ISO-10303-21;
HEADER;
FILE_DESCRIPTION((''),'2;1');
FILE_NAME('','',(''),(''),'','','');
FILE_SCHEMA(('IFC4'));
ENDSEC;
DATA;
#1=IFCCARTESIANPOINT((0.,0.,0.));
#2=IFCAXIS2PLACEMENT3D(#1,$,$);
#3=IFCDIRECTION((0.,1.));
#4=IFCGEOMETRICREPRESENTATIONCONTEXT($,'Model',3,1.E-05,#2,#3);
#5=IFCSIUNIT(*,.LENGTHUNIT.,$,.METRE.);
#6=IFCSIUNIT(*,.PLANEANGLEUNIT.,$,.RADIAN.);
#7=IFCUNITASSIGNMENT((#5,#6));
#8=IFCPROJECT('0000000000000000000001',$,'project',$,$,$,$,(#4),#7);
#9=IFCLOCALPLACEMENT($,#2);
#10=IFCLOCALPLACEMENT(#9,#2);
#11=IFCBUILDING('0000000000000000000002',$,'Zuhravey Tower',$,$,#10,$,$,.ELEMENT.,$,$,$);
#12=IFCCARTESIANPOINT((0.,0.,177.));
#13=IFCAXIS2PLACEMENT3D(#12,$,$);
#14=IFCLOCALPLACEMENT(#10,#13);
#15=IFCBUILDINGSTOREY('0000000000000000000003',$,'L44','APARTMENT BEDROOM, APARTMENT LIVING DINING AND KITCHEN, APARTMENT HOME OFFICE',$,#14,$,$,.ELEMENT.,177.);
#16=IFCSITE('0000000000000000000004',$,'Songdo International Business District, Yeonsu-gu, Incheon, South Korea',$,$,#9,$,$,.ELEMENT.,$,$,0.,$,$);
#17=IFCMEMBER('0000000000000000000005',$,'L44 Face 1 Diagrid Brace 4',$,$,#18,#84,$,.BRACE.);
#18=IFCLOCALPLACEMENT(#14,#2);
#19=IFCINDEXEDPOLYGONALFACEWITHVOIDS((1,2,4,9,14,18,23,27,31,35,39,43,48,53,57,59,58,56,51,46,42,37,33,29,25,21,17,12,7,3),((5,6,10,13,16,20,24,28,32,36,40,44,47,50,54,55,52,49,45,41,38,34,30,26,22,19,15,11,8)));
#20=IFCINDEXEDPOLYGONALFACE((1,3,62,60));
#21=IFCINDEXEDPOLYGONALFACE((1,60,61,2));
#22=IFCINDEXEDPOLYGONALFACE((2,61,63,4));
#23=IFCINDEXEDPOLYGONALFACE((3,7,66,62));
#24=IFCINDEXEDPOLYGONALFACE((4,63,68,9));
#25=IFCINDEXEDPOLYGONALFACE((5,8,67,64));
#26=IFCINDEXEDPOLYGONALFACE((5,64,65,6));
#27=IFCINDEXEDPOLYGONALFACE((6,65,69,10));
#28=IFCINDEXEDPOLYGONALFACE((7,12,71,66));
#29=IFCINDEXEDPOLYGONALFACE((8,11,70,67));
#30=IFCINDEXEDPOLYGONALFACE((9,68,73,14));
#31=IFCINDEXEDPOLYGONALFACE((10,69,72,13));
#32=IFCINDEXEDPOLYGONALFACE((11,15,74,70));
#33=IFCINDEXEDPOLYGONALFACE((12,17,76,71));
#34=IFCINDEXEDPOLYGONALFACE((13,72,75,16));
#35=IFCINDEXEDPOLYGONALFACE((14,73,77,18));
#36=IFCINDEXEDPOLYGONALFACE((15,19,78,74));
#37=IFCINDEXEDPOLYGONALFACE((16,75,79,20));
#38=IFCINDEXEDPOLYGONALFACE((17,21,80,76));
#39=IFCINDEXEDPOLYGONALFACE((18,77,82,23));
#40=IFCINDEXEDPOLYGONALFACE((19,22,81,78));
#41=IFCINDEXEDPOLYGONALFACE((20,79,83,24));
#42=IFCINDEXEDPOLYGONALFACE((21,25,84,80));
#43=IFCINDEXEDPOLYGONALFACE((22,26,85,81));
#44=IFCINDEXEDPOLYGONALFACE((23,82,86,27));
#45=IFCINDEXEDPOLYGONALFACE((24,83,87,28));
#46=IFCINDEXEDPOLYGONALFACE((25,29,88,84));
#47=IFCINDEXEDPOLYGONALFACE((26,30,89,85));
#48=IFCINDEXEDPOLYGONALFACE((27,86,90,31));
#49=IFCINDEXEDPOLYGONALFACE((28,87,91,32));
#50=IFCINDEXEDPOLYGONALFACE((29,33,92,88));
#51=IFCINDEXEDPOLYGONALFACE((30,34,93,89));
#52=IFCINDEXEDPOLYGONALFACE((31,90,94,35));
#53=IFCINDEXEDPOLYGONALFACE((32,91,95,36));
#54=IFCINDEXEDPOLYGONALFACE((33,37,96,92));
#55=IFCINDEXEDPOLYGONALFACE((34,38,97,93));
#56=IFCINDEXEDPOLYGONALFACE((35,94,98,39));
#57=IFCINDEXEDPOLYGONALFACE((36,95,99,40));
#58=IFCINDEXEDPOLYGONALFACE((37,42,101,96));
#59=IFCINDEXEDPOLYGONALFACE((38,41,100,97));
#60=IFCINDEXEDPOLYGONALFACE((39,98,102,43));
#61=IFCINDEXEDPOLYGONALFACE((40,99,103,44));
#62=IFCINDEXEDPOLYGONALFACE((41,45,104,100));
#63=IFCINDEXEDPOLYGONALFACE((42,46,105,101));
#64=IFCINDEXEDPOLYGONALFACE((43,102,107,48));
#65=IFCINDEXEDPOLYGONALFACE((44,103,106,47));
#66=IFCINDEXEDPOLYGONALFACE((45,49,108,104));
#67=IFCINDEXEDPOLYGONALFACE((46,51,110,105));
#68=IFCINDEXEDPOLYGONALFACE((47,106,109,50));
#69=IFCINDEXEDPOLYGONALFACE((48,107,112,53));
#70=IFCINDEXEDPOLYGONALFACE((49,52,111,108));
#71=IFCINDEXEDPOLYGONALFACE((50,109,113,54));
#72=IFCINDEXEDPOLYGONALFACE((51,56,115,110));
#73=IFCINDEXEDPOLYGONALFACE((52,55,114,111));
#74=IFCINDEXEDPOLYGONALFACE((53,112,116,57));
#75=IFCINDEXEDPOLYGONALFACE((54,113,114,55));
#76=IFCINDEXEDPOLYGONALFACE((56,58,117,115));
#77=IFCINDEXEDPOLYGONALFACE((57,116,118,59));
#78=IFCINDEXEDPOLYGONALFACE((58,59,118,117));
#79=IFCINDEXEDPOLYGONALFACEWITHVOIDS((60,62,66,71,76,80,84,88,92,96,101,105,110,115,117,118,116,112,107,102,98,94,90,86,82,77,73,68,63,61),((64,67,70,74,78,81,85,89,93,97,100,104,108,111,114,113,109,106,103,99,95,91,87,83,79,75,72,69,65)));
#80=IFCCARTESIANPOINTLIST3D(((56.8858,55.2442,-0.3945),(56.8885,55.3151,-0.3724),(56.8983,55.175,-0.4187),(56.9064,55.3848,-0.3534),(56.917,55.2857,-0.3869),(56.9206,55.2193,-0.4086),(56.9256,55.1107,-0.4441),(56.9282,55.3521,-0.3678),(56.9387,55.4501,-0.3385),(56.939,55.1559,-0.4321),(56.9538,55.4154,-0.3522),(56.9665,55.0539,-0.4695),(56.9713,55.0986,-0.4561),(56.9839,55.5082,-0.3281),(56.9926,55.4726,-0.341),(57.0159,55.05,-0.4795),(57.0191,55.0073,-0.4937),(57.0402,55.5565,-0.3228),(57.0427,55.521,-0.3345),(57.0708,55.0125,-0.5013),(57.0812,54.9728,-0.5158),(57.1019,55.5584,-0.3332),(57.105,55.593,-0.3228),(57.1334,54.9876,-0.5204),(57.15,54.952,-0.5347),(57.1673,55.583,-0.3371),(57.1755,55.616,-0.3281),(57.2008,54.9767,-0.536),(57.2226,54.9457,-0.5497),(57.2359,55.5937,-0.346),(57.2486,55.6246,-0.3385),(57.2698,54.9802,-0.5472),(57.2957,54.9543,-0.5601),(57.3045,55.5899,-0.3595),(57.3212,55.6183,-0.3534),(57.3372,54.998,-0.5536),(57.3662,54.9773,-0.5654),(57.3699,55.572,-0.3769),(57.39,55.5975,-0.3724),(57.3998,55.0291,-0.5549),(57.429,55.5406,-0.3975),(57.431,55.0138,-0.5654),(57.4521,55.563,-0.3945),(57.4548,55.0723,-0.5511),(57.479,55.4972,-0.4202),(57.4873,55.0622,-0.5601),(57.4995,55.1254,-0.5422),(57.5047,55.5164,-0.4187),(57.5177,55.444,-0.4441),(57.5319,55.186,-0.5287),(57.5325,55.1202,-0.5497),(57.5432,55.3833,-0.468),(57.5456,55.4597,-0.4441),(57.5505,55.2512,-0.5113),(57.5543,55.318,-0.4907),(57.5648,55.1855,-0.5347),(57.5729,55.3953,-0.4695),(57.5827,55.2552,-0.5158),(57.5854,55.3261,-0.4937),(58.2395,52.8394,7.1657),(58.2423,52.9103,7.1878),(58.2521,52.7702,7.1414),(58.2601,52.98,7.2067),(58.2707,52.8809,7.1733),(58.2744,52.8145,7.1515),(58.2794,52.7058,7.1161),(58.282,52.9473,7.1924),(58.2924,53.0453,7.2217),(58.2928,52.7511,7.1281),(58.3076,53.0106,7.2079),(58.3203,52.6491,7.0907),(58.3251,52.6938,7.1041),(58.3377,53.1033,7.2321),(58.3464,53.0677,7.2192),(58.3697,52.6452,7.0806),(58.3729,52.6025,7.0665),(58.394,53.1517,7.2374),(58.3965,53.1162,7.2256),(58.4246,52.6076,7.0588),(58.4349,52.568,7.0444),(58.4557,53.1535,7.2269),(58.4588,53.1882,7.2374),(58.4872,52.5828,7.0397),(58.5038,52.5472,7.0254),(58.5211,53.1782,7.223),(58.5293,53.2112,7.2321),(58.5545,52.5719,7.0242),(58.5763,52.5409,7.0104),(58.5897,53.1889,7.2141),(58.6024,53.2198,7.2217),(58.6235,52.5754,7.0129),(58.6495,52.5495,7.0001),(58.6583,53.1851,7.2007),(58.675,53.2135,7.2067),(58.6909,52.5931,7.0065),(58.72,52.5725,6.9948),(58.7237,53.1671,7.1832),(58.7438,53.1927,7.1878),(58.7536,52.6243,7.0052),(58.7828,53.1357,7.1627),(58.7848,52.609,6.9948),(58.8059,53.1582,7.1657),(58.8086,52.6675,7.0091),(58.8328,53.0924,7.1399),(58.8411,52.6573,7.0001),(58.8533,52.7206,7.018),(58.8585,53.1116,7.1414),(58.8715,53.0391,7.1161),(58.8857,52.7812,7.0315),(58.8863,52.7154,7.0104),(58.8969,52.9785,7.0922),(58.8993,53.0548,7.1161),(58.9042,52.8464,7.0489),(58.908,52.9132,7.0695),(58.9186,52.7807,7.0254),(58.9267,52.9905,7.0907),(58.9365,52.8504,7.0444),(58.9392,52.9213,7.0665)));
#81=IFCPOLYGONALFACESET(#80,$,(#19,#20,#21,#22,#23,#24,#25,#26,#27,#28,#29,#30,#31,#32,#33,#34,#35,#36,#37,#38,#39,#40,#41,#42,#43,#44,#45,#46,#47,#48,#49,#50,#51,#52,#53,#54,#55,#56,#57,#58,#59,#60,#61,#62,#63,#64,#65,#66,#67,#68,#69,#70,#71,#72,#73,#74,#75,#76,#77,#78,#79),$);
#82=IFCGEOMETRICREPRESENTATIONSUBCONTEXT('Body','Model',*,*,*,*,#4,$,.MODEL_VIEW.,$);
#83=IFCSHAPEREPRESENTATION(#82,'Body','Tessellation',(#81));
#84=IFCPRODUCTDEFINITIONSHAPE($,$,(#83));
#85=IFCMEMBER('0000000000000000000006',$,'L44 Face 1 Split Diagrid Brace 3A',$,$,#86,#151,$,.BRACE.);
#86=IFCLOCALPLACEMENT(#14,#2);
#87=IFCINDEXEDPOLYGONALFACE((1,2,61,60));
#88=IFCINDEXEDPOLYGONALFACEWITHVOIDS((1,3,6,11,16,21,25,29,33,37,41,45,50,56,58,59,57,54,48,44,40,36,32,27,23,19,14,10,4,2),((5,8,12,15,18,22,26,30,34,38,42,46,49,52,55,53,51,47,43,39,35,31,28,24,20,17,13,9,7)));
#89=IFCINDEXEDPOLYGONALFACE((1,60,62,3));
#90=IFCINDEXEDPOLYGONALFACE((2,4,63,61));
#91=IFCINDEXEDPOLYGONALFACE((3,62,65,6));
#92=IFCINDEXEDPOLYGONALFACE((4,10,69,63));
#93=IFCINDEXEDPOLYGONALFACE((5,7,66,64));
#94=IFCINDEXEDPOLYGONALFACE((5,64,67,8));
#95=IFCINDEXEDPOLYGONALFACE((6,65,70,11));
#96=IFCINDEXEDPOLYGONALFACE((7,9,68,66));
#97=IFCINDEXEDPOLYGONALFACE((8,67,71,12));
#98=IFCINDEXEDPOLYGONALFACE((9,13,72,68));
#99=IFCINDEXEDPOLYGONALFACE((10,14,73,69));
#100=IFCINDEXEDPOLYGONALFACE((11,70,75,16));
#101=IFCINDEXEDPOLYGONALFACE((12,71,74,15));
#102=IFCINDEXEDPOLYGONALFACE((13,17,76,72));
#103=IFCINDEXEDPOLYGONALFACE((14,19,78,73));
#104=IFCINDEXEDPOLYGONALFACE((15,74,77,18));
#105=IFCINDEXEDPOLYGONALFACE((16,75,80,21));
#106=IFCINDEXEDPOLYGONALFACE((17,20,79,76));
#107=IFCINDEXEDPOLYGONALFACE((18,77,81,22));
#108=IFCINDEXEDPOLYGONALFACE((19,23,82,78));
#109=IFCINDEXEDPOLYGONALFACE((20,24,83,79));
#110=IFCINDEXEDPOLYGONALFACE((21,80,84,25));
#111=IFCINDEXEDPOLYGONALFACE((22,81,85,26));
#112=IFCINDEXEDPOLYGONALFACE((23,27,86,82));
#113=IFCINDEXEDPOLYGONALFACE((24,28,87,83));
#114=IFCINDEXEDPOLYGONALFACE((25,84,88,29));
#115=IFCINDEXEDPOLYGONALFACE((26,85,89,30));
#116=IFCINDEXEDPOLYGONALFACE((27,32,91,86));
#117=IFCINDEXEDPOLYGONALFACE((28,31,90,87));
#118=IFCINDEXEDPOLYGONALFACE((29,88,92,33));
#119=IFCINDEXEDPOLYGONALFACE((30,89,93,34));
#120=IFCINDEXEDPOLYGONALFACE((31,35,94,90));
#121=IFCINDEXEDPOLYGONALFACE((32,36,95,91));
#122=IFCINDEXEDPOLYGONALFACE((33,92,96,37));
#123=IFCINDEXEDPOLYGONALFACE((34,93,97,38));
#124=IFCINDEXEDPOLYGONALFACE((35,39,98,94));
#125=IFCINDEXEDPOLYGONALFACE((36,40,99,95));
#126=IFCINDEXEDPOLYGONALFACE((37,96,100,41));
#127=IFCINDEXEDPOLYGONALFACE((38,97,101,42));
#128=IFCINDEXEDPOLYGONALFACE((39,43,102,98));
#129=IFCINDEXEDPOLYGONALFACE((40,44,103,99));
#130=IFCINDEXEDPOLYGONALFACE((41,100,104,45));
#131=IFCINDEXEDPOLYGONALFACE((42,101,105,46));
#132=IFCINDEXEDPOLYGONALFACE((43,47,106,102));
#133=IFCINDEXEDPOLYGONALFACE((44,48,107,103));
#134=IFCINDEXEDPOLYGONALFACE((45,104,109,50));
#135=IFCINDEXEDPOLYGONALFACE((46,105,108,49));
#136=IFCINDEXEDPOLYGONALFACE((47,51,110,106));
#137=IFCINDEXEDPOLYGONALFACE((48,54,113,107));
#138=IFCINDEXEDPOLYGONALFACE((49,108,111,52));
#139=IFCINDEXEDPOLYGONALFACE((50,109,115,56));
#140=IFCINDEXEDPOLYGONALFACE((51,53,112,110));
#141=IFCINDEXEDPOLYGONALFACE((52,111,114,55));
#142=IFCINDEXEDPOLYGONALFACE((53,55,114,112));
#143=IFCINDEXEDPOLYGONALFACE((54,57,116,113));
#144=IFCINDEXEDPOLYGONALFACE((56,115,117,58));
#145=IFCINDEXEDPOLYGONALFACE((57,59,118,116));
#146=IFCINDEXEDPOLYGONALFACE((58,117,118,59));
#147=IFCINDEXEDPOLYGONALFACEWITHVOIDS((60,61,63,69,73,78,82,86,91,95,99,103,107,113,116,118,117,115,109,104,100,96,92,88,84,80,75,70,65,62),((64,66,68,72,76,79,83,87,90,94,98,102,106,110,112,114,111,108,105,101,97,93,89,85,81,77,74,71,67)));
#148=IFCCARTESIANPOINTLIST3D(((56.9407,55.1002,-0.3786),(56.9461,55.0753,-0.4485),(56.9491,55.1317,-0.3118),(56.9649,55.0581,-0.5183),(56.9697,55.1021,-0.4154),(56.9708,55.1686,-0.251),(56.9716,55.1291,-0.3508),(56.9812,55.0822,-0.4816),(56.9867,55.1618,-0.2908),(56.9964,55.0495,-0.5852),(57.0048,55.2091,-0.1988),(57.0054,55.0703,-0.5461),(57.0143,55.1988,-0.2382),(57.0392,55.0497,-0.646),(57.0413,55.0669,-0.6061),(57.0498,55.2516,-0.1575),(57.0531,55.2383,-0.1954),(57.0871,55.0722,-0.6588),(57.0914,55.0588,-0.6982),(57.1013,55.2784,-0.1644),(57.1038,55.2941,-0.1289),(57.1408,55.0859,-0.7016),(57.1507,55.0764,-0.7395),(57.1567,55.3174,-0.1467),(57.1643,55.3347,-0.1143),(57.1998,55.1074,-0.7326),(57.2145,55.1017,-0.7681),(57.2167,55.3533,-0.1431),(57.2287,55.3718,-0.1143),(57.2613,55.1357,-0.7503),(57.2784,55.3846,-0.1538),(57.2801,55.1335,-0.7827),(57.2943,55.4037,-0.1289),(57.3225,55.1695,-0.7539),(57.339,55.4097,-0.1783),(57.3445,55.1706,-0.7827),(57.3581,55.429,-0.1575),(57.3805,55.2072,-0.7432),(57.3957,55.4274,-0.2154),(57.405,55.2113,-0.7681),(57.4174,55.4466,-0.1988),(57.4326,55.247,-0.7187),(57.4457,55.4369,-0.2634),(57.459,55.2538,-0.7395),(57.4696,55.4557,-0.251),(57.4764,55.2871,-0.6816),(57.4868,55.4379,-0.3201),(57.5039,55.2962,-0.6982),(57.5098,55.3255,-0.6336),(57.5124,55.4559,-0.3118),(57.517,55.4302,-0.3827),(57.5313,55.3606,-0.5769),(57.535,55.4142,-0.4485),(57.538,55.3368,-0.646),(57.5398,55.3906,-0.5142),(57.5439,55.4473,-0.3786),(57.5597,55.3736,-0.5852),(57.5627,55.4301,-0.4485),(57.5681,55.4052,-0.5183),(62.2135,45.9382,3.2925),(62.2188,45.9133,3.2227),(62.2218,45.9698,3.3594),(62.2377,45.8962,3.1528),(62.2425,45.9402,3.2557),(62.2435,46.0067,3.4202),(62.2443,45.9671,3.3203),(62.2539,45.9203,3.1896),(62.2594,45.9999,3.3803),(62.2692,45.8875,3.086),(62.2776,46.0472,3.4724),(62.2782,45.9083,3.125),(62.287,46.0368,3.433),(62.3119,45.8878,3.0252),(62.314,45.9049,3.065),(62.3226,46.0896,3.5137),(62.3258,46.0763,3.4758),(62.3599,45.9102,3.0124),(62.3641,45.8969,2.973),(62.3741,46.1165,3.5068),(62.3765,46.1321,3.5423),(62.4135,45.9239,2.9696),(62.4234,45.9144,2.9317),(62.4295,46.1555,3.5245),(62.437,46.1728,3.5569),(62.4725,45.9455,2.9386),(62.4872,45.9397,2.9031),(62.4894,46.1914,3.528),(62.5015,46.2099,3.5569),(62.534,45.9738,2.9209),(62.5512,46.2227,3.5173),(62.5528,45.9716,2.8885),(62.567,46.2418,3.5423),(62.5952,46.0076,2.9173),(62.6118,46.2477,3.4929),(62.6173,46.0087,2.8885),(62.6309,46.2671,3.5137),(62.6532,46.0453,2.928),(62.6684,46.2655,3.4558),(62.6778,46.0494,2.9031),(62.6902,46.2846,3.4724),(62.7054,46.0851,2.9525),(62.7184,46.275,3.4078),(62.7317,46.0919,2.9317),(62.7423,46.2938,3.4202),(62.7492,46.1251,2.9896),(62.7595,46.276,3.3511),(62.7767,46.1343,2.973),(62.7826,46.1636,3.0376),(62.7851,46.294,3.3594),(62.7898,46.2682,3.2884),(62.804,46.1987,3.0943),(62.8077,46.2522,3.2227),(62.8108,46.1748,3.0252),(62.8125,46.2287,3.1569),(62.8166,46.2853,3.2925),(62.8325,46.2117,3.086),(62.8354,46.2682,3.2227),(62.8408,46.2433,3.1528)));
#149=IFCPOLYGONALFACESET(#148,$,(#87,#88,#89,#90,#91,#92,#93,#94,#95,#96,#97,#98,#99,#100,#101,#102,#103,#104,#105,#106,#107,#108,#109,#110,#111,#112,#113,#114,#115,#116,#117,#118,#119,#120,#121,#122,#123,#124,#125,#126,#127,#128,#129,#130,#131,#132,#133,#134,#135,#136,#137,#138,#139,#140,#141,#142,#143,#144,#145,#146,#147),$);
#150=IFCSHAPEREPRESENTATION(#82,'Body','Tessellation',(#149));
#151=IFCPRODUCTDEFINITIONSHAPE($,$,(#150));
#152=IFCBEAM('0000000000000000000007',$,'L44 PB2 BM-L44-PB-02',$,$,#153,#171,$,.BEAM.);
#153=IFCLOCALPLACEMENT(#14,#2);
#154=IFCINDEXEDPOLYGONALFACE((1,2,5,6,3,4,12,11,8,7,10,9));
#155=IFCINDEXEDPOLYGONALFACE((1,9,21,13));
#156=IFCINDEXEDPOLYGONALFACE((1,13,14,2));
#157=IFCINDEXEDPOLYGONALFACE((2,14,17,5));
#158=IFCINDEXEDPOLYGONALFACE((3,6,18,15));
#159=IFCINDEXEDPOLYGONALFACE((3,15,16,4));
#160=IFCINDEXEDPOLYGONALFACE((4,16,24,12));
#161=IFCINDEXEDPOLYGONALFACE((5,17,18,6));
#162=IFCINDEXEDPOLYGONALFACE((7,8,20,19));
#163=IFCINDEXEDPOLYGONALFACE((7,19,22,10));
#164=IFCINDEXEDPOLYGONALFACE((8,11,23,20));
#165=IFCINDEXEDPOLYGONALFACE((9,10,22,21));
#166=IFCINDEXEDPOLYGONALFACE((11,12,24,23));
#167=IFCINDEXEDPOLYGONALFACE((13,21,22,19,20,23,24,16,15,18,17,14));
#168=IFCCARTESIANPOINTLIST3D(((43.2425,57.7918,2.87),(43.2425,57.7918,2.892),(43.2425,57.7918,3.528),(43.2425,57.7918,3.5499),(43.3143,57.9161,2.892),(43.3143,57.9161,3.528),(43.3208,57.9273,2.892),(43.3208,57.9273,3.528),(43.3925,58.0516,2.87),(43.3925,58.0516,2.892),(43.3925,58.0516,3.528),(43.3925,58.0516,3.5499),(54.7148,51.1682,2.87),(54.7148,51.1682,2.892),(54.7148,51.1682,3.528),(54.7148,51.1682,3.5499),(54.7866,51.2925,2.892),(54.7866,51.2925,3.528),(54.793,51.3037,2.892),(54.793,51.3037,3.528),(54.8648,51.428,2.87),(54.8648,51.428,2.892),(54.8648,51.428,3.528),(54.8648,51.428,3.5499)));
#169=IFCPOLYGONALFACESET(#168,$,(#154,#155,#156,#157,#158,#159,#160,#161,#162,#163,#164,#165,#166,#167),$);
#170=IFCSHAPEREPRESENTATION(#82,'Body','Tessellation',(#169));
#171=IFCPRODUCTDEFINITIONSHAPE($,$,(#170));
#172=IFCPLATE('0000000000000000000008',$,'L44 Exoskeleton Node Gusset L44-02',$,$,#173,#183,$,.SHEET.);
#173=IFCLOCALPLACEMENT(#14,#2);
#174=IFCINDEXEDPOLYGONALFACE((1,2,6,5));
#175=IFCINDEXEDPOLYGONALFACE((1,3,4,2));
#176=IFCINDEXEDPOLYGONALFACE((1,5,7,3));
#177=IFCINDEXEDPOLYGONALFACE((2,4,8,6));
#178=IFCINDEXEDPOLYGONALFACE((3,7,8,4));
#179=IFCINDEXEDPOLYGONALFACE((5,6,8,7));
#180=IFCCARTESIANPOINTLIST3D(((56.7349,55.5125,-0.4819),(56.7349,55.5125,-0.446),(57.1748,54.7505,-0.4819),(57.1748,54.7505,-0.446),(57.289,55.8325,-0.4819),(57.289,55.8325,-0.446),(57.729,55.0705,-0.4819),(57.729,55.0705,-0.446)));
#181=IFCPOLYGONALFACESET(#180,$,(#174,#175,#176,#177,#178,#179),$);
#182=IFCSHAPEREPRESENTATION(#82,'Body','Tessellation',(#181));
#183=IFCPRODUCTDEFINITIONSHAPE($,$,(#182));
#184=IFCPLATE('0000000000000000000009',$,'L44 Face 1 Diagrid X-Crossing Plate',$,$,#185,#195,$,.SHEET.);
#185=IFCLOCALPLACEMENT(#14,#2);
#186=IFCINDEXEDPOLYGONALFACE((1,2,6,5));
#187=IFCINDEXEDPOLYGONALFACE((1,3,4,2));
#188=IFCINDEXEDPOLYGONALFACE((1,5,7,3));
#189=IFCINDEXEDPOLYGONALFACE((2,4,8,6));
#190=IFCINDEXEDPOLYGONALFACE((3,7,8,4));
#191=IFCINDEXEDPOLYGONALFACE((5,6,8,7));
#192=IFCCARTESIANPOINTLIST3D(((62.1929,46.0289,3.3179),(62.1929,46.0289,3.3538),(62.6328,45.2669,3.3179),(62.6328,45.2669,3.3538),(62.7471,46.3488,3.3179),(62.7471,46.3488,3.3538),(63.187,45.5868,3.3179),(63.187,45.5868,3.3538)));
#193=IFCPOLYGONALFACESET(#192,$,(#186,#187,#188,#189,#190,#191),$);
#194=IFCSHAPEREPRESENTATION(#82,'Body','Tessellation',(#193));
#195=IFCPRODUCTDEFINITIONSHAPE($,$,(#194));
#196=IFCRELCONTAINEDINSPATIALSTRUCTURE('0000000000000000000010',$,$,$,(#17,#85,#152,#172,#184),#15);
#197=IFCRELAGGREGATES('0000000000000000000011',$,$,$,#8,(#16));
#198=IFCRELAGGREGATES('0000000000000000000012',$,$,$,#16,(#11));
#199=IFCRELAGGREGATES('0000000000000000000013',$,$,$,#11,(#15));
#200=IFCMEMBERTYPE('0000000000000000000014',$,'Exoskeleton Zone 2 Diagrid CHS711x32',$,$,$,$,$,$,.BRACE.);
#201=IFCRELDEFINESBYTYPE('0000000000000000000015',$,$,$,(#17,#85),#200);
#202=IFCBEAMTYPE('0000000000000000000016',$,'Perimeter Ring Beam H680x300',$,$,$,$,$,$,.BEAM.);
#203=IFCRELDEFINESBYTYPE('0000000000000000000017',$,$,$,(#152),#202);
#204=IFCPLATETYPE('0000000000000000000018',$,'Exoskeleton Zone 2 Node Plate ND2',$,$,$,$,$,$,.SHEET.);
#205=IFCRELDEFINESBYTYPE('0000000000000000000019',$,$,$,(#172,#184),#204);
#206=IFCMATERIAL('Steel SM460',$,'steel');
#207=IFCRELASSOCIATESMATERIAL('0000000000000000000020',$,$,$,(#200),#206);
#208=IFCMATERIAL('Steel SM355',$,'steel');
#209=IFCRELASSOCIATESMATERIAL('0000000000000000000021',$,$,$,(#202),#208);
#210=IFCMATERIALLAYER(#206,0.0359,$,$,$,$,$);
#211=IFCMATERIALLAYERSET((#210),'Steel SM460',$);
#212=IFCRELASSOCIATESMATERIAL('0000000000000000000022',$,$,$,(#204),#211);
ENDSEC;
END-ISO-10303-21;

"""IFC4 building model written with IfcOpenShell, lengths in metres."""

from ifc_helpers import new_model, si_unit, direction, frame, origin, origin_2d, place, context, subcontext, project, spatial, rectangle, hollow_circle, i_section, extrude, material, layer, layer_set, material_profile, profile_set, type_object, element, save


model = new_model("IFC4")

# Units and contexts
model_context = context("Model", 3, precision=1e-05, world=origin(), true_north=direction((0.0, 1.0)))
body_context = subcontext(model_context, "Body", "Model", "MODEL_VIEW")
ifc_project = project(units=[si_unit("LENGTHUNIT", "METRE"), si_unit("PLANEANGLEUNIT", "RADIAN")], contexts=[model_context])

# Site, building, storey
site_placement = place(None, origin())
site = spatial("IfcSite", under=ifc_project, at=site_placement, Name="Songdo International Business District, Yeonsu-gu, Incheon, South Korea", CompositionType="ELEMENT", RefElevation=0.0)
building_placement = place(site_placement, origin())
building = spatial("IfcBuilding", under=site, at=building_placement, Name="Zuhravey Tower", CompositionType="ELEMENT")
storey_placement = place(building_placement, frame((0.0, 0.0, 177.0)))
storey = spatial("IfcBuildingStorey", under=building, at=storey_placement, Name="L44", Description="APARTMENT BEDROOM, APARTMENT LIVING DINING AND KITCHEN, APARTMENT HOME OFFICE", CompositionType="ELEMENT", Elevation=177.0)

# Members
ifc_material_1 = material(Name="Steel SM460", Category="steel")
ifc_material_profile_1 = material_profile(ifc_material_1, hollow_circle(Radius=0.3557, WallThickness=0.032, at=origin_2d()), Name="CHS-711.2x32")
ifc_profile_set_1 = profile_set([ifc_material_profile_1], Name="Steel SM460")
member_type_1 = type_object("IfcMemberType", Name="Exoskeleton Zone 2 Diagrid CHS711x32", PredefinedType="BRACE", material=ifc_profile_set_1)
member_1_placement = place(storey_placement, frame((57.2356, 55.2852, -0.4441), z_axis=(0.168211, -0.298806, 0.939372), x_axis=(0.87141, 0.490555, 0.0)))
element("IfcMember", 1, at=member_1_placement, inside=storey, type_object=member_type_1, Name="L44 Face 1 Diagrid Brace 4", PredefinedType="BRACE", context=body_context, shape_type="SweptSolid", body=[
    extrude(hollow_circle(Radius=0.3557, WallThickness=0.032, at=origin_2d()), origin(), (0.0, 0.0, 1.0), 8.0481),
])
member_2_placement = place(storey_placement, frame((57.2544, 55.2527, -0.4485), z_axis=(0.471193, -0.818747, 0.32807), x_axis=(0.866717, 0.4988, 0.0)))
element("IfcMember", 2, at=member_2_placement, inside=storey, type_object=member_type_1, Name="L44 Face 1 Split Diagrid Brace 3A", PredefinedType="BRACE", context=body_context, shape_type="SweptSolid", body=[
    extrude(hollow_circle(Radius=0.3557, WallThickness=0.032, at=origin_2d()), origin(), (0.0, 0.0, 1.0), 11.1902),
])

# Beam
ifc_material_2 = material(Name="Steel SM355", Category="steel")
ifc_material_profile_2 = material_profile(ifc_material_2, i_section(OverallWidth=0.3, OverallDepth=0.6799, WebThickness=0.0129, FlangeThickness=0.022, at=origin_2d()), Name="H-680x300x13x22")
ifc_profile_set_2 = profile_set([ifc_material_profile_2], Name="Steel SM355")
beam_type = type_object("IfcBeamType", Name="Perimeter Ring Beam H680x300", PredefinedType="BEAM", material=ifc_profile_set_2)
beam_placement = place(storey_placement, frame((54.7898, 51.2981, 3.21), z_axis=(-0.866023, 0.500004, 0.0), x_axis=(-0.500004, -0.866023, 0.0)))
element("IfcBeam", 3, at=beam_placement, inside=storey, type_object=beam_type, Name="L44 PB2 BM-L44-PB-02", PredefinedType="BEAM", context=body_context, shape_type="SweptSolid", body=[
    extrude(i_section(OverallWidth=0.3, OverallDepth=0.6799, WebThickness=0.0129, FlangeThickness=0.022, at=origin_2d()), origin(), (0.0, 0.0, 1.0), 13.2471),
])

# Plates
ifc_layer_1 = layer(ifc_material_1, 0.0359)
ifc_layer_set_1 = layer_set([ifc_layer_1], Name="Steel SM460")
plate_type_1 = type_object("IfcPlateType", Name="Exoskeleton Zone 2 Node Plate ND2", PredefinedType="SHEET", material=ifc_layer_set_1)
for number, where, z_axis, x_axis, name in (
    (4, (57.2319, 55.2915, -0.4819), (0.0, 0.0, 1.0), (-0.5, 0.866025, 0.0), "L44 Exoskeleton Node Gusset L44-02"),
    (5, (62.6899, 45.8079, 3.3179), (0.0, 0.0, 1.0), (-0.5, 0.866025, 0.0), "L44 Face 1 Diagrid X-Crossing Plate"),
):
    element("IfcPlate", number, at=place(storey_placement, frame(where, z_axis=z_axis, x_axis=x_axis)), inside=storey, type_object=plate_type_1, Name=name, PredefinedType="SHEET", context=body_context, shape_type="SweptSolid", body=[
        extrude(rectangle(XDim=0.8799, YDim=0.6399, at=origin_2d()), origin(), (0.0, 0.0, 1.0), 0.0359),
    ])

save(model, "model.ifc")
